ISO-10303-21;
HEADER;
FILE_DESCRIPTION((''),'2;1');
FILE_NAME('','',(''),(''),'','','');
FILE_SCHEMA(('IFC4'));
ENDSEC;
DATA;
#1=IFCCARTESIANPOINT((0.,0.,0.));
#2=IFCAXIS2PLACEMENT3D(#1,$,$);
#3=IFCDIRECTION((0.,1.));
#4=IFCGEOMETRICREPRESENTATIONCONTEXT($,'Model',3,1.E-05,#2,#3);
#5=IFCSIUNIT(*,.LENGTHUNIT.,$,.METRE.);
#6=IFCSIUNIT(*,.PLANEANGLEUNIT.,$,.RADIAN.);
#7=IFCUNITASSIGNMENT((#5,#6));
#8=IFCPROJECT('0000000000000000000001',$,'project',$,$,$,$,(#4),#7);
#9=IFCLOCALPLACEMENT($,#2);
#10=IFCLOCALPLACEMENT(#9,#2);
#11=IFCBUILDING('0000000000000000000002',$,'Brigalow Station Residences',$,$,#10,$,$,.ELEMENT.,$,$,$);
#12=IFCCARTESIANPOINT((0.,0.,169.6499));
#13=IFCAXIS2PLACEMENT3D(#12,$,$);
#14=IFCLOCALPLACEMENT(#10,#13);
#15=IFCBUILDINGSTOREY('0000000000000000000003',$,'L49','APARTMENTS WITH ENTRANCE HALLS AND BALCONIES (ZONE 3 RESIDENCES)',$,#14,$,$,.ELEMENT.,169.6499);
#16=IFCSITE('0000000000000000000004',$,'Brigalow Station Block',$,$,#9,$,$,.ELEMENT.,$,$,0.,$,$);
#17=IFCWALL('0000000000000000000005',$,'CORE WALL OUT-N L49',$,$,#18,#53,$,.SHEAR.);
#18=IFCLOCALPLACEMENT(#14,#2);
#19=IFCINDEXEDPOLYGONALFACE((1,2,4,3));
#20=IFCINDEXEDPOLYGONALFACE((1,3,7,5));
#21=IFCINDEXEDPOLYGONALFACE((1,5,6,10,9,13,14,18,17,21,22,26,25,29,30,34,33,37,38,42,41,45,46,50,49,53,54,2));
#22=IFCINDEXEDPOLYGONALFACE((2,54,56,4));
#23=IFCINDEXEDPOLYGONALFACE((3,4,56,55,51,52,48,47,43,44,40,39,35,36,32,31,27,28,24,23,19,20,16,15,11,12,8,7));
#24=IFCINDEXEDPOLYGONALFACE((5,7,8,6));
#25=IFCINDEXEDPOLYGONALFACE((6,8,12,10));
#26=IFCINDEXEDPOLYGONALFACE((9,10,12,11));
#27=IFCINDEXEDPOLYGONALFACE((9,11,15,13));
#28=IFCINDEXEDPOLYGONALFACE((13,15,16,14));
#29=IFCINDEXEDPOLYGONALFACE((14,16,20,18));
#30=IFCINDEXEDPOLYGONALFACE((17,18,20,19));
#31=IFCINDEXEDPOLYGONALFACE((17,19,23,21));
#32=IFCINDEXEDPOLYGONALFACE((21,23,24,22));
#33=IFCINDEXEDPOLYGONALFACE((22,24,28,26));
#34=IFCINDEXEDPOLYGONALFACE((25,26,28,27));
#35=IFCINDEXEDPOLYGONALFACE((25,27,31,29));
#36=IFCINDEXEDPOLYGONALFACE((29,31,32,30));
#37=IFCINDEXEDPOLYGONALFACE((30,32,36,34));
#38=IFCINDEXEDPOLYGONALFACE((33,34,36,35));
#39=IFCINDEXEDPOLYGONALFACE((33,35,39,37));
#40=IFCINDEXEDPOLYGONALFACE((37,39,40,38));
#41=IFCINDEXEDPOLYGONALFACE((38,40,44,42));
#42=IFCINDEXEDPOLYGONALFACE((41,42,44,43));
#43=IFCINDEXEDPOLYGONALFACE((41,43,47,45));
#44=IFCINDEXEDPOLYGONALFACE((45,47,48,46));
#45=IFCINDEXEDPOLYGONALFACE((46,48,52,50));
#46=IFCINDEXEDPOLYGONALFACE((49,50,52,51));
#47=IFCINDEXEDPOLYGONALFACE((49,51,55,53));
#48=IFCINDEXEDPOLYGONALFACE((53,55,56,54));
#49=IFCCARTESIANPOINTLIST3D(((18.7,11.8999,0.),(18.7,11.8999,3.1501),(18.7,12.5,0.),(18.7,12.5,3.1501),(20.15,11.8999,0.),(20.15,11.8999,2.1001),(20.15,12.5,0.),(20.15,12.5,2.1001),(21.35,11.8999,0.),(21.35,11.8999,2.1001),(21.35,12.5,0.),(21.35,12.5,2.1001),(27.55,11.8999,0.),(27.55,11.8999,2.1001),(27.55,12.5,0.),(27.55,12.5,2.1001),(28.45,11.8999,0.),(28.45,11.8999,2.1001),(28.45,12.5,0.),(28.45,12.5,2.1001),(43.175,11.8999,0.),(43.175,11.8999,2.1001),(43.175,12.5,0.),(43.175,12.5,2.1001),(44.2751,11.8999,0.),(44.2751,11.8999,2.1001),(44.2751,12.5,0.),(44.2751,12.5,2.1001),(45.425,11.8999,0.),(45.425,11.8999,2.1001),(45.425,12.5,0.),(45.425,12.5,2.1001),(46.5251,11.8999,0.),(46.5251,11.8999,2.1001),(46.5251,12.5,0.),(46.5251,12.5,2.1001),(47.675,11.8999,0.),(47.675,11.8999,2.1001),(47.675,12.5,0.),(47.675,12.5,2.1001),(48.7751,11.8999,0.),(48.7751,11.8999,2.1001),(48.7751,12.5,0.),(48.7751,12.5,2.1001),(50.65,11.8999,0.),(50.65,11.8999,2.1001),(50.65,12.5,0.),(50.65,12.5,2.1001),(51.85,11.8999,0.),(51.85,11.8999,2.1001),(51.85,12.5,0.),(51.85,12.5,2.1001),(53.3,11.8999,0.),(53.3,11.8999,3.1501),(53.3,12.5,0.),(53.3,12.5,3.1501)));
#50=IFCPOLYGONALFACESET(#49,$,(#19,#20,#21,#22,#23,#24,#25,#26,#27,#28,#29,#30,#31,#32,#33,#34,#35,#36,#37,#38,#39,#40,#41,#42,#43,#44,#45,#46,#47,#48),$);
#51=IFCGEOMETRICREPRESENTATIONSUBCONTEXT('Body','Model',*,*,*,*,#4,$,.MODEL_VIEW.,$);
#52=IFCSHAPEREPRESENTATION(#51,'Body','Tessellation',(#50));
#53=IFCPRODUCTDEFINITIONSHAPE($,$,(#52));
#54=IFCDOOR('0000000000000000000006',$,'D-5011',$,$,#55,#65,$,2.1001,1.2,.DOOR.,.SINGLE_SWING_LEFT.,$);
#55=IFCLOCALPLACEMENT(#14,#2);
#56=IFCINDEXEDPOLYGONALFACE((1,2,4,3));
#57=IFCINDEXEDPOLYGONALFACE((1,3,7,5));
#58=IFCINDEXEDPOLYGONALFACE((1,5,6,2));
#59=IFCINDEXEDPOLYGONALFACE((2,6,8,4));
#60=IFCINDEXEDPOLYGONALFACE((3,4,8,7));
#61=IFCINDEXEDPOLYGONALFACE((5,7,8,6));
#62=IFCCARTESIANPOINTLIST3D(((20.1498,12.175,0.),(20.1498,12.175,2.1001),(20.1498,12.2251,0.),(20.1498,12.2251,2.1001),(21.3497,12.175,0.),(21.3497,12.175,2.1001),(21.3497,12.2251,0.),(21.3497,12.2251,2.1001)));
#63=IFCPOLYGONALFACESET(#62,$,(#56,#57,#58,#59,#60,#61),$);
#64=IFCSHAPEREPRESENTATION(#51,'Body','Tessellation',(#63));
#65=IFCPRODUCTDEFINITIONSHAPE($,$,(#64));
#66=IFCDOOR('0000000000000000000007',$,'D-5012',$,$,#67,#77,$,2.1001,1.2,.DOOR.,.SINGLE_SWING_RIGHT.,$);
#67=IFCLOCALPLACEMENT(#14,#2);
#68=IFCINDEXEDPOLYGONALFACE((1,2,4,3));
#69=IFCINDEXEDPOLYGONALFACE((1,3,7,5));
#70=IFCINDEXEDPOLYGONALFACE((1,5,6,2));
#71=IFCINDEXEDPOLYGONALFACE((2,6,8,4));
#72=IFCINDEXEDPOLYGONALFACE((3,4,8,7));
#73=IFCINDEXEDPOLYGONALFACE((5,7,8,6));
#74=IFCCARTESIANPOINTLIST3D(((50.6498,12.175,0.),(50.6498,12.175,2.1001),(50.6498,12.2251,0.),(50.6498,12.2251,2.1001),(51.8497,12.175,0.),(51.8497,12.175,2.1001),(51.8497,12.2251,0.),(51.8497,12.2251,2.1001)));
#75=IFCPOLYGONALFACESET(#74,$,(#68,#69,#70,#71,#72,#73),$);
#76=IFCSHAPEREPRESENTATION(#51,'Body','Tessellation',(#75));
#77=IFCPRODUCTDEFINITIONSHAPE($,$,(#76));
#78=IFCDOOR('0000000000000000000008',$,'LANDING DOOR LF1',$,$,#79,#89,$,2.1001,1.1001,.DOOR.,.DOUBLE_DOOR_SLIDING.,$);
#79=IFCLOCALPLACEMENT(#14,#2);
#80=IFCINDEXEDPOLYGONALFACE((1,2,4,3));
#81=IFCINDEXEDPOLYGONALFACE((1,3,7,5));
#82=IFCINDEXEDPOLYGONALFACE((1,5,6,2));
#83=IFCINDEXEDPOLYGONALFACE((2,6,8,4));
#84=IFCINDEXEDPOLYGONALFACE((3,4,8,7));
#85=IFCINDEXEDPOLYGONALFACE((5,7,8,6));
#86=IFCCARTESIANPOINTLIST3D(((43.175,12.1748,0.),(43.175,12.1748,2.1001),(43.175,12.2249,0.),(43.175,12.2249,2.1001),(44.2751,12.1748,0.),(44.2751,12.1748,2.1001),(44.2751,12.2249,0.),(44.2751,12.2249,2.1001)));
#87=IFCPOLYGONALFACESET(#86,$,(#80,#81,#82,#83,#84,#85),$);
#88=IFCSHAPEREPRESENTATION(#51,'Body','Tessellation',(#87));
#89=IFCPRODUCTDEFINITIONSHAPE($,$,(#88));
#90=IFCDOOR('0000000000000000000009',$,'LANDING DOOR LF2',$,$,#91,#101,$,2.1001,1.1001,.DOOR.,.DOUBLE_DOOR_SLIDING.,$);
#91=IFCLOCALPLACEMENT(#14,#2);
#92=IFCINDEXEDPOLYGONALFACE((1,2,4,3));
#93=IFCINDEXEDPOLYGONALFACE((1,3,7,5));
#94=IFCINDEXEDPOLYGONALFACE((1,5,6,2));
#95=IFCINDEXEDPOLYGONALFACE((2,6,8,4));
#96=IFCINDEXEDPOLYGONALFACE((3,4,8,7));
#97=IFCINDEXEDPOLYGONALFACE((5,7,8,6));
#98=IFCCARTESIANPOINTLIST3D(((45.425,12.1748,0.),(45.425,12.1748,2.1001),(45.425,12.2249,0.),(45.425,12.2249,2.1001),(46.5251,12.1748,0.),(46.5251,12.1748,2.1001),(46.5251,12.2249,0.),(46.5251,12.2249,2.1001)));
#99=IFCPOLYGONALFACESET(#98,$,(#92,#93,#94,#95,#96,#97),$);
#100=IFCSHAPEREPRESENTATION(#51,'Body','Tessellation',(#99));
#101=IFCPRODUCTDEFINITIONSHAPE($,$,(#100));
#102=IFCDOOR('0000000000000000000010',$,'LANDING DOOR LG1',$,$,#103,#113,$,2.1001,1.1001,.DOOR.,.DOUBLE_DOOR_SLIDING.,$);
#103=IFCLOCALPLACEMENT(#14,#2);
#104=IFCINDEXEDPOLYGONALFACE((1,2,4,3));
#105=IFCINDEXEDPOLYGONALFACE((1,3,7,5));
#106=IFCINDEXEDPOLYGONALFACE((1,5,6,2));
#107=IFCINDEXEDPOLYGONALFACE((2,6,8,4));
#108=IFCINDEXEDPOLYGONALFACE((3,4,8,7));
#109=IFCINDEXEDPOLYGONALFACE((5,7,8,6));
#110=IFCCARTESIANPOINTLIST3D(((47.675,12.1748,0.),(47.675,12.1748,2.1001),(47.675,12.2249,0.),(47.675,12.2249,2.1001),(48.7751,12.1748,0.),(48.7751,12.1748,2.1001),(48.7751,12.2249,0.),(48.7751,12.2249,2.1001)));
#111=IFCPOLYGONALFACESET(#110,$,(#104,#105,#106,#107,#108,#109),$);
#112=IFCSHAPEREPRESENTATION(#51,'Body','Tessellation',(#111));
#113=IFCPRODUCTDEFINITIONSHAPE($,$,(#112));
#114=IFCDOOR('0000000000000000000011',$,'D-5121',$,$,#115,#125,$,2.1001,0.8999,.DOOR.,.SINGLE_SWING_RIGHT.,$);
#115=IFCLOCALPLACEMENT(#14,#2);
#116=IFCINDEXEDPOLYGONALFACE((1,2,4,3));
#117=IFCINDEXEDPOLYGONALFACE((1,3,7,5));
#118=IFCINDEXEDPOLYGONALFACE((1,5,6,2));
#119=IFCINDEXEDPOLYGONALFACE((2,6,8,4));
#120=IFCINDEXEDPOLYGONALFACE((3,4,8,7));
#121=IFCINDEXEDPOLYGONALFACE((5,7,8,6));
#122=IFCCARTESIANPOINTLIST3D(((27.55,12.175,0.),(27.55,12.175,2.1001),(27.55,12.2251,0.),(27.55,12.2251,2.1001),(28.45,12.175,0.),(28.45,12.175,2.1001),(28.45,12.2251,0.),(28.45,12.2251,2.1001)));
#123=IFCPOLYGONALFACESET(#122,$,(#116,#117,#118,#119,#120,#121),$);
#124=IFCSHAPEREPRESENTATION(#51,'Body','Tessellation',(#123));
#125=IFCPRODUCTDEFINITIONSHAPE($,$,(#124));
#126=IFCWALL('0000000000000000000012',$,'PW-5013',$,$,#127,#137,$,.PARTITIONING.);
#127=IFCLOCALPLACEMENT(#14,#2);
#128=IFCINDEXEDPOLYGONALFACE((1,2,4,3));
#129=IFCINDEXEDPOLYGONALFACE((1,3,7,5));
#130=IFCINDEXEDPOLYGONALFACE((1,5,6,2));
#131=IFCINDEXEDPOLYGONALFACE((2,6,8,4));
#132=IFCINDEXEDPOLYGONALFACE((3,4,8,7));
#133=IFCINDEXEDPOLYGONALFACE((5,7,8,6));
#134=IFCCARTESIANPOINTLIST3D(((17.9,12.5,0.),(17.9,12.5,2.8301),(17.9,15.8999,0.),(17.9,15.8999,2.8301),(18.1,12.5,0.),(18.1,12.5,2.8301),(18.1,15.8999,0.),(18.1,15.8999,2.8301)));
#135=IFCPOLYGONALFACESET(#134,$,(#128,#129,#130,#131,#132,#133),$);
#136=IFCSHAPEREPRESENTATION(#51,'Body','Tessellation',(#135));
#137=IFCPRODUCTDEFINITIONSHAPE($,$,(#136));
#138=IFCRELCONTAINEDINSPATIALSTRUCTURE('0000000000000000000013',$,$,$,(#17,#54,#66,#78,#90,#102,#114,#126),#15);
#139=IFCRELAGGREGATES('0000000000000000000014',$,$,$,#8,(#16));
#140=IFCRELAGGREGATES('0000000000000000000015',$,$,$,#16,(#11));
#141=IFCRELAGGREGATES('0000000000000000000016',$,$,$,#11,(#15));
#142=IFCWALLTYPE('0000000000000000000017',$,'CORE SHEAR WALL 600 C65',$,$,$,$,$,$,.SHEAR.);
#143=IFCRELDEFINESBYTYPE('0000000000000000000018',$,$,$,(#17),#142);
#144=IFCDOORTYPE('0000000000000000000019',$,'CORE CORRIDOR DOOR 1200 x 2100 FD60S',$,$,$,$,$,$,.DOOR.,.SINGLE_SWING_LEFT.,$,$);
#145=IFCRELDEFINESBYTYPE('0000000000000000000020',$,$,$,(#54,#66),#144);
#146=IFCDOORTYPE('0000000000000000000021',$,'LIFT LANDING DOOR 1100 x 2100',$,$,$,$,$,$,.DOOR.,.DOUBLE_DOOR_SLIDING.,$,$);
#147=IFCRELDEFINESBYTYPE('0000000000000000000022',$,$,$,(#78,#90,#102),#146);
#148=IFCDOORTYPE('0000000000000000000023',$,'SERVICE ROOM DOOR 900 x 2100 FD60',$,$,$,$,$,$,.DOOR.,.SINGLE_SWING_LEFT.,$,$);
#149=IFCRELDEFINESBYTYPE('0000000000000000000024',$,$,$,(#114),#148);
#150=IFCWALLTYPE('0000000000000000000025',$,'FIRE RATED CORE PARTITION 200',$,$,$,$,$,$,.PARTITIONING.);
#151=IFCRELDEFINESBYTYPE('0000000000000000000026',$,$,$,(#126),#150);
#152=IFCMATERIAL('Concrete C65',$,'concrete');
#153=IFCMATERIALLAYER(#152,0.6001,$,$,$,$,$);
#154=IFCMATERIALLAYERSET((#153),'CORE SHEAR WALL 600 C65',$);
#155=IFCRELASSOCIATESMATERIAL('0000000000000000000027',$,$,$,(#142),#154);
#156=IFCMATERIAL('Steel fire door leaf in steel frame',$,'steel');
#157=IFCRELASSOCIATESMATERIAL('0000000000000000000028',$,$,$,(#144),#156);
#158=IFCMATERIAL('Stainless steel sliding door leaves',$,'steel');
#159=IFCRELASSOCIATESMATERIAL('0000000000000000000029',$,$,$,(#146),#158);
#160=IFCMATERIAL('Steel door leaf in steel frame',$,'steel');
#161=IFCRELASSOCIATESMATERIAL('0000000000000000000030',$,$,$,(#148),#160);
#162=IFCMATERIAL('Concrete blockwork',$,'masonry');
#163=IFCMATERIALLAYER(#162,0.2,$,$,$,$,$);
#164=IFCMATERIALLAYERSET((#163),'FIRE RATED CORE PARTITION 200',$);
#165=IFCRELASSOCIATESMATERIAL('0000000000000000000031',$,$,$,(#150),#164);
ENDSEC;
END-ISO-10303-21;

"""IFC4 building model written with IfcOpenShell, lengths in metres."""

from ifc_helpers import new_model, si_unit, direction, frame, frame_2d, origin, place, context, subcontext, project, spatial, rectangle, extrude, material, layer, layer_set, type_object, element, fill, save


model = new_model("IFC4")

# Units and contexts
model_context = context("Model", 3, precision=1e-05, world=origin(), true_north=direction((0.0, 1.0)))
body_context = subcontext(model_context, "Body", "Model", "MODEL_VIEW")
ifc_project = project(units=[si_unit("LENGTHUNIT", "METRE"), si_unit("PLANEANGLEUNIT", "RADIAN")], contexts=[model_context])

# Site, building, storey
site_placement = place(None, origin())
site = spatial("IfcSite", under=ifc_project, at=site_placement, Name="Brigalow Station Block", CompositionType="ELEMENT", RefElevation=0.0)
building_placement = place(site_placement, origin())
building = spatial("IfcBuilding", under=site, at=building_placement, Name="Brigalow Station Residences", CompositionType="ELEMENT")
storey_placement = place(building_placement, frame((0.0, 0.0, 169.6499)))
storey = spatial("IfcBuildingStorey", under=building, at=storey_placement, Name="L49", Description="APARTMENTS WITH ENTRANCE HALLS AND BALCONIES (ZONE 3 RESIDENCES)", CompositionType="ELEMENT", Elevation=169.6499)

# Wall, openings, doors
ifc_material_1 = material(Name="Concrete C65", Category="concrete")
ifc_layer_1 = layer(ifc_material_1, 0.6001)
ifc_layer_set_1 = layer_set([ifc_layer_1], Name="CORE SHEAR WALL 600 C65")
wall_type_1 = type_object("IfcWallType", Name="CORE SHEAR WALL 600 C65", PredefinedType="SHEAR", material=ifc_layer_set_1)
wall_1_placement = place(storey_placement, frame((18.7, 12.2, 0.0), z_axis=(0.0, 0.0, 1.0), x_axis=(1.0, 0.0, 0.0)))
wall_1 = element("IfcWall", 1, at=wall_1_placement, inside=storey, type_object=wall_type_1, Name="CORE WALL OUT-N L49", PredefinedType="SHEAR", context=body_context, shape_type="SweptSolid", body=[
    extrude(rectangle(XDim=34.6001, YDim=0.6001, at=frame_2d((17.3, 0.0))), origin(), (0.0, 0.0, 1.0), 3.1501),
])
opening_1_placement = place(wall_1_placement, frame((24.4751, 0.0, 0.0)))
opening_1 = element("IfcOpeningElement", 2, at=opening_1_placement, cuts=wall_1, PredefinedType="OPENING", context=body_context, shape_type="SweptSolid", body=[
    extrude(rectangle(XDim=1.1001, YDim=2.1001, at=frame_2d((0.55, 1.05))), frame((0.0, 0.3101, 0.0), z_axis=(0.0, -1.0, 0.0), x_axis=(1.0, 0.0, 0.0)), (0.0, 0.0, 1.0), 0.6201),
])
opening_2_placement = place(wall_1_placement, frame((26.7251, 0.0, 0.0)))
opening_2 = element("IfcOpeningElement", 3, at=opening_2_placement, cuts=wall_1, PredefinedType="OPENING", context=body_context, shape_type="SweptSolid", body=[
    extrude(rectangle(XDim=1.1001, YDim=2.1001, at=frame_2d((0.55, 1.05))), frame((0.0, 0.3101, 0.0), z_axis=(0.0, -1.0, 0.0), x_axis=(1.0, 0.0, 0.0)), (0.0, 0.0, 1.0), 0.6201),
])
opening_3_placement = place(wall_1_placement, frame((28.9751, 0.0, 0.0)))
opening_3 = element("IfcOpeningElement", 4, at=opening_3_placement, cuts=wall_1, PredefinedType="OPENING", context=body_context, shape_type="SweptSolid", body=[
    extrude(rectangle(XDim=1.1001, YDim=2.1001, at=frame_2d((0.55, 1.05))), frame((0.0, 0.3101, 0.0), z_axis=(0.0, -1.0, 0.0), x_axis=(1.0, 0.0, 0.0)), (0.0, 0.0, 1.0), 0.6201),
])
opening_4_placement = place(wall_1_placement, frame((8.8501, 0.0, 0.0)))
opening_4 = element("IfcOpeningElement", 5, at=opening_4_placement, cuts=wall_1, PredefinedType="OPENING", context=body_context, shape_type="SweptSolid", body=[
    extrude(rectangle(XDim=0.8999, YDim=2.1001, at=frame_2d((0.45, 1.05))), frame((0.0, 0.3101, 0.0), z_axis=(0.0, -1.0, 0.0), x_axis=(1.0, 0.0, 0.0)), (0.0, 0.0, 1.0), 0.6201),
])
opening_5_placement = place(wall_1_placement, frame((1.45, 0.0, 0.0)))
opening_5 = element("IfcOpeningElement", 6, at=opening_5_placement, cuts=wall_1, PredefinedType="OPENING", context=body_context, shape_type="SweptSolid", body=[
    extrude(rectangle(XDim=1.2, YDim=2.1001, at=frame_2d((0.6001, 1.05))), frame((0.0, 0.3101, 0.0), z_axis=(0.0, -1.0, 0.0), x_axis=(1.0, 0.0, 0.0)), (0.0, 0.0, 1.0), 0.6201),
])
opening_6_placement = place(wall_1_placement, frame((31.95, 0.0, 0.0)))
opening_6 = element("IfcOpeningElement", 7, at=opening_6_placement, cuts=wall_1, PredefinedType="OPENING", context=body_context, shape_type="SweptSolid", body=[
    extrude(rectangle(XDim=1.2, YDim=2.1001, at=frame_2d((0.6001, 1.05))), frame((0.0, 0.3101, 0.0), z_axis=(0.0, -1.0, 0.0), x_axis=(1.0, 0.0, 0.0)), (0.0, 0.0, 1.0), 0.6201),
])
ifc_material_2 = material(Name="Steel fire door leaf in steel frame", Category="steel")
door_type_1 = type_object("IfcDoorType", Name="CORE CORRIDOR DOOR 1200 x 2100 FD60S", OperationType="SINGLE_SWING_LEFT", PredefinedType="DOOR", material=ifc_material_2)
door_1_placement = place(opening_5_placement, frame((1.2, 0.0, 0.0), z_axis=(0.0, 0.0, 1.0), x_axis=(-1.0, 0.0, 0.0)))
door_1 = element("IfcDoor", 8, at=door_1_placement, inside=storey, type_object=door_type_1, Name="D-5011", OperationType="SINGLE_SWING_LEFT", OverallHeight=2.1001, OverallWidth=1.2, PredefinedType="DOOR", context=body_context, shape_type="SweptSolid", body=[
    extrude(rectangle(XDim=1.2, YDim=2.1001, at=frame_2d((0.6001, 1.05))), frame((0.0, 0.0249, 0.0), z_axis=(0.0, -1.0, 0.0), x_axis=(1.0, 0.0, 0.0)), (0.0, 0.0, 1.0), 0.05),
])
fill(opening_5, door_1)
door_2_placement = place(opening_6_placement, frame((1.2, 0.0, 0.0), z_axis=(0.0, 0.0, 1.0), x_axis=(-1.0, 0.0, 0.0)))
door_2 = element("IfcDoor", 9, at=door_2_placement, inside=storey, type_object=door_type_1, Name="D-5012", OperationType="SINGLE_SWING_RIGHT", OverallHeight=2.1001, OverallWidth=1.2, PredefinedType="DOOR", context=body_context, shape_type="SweptSolid", body=[
    extrude(rectangle(XDim=1.2, YDim=2.1001, at=frame_2d((0.6001, 1.05))), frame((0.0, 0.0249, 0.0), z_axis=(0.0, -1.0, 0.0), x_axis=(1.0, 0.0, 0.0)), (0.0, 0.0, 1.0), 0.05),
])
fill(opening_6, door_2)
ifc_material_3 = material(Name="Stainless steel sliding door leaves", Category="steel")
door_type_2 = type_object("IfcDoorType", Name="LIFT LANDING DOOR 1100 x 2100", OperationType="DOUBLE_DOOR_SLIDING", PredefinedType="DOOR", material=ifc_material_3)
door_3_placement = place(opening_1_placement, origin())
door_3 = element("IfcDoor", 10, at=door_3_placement, inside=storey, type_object=door_type_2, Name="LANDING DOOR LF1", OperationType="DOUBLE_DOOR_SLIDING", OverallHeight=2.1001, OverallWidth=1.1001, PredefinedType="DOOR", context=body_context, shape_type="SweptSolid", body=[
    extrude(rectangle(XDim=1.1001, YDim=2.1001, at=frame_2d((0.55, 1.05))), frame((0.0, 0.0249, 0.0), z_axis=(0.0, -1.0, 0.0), x_axis=(1.0, 0.0, 0.0)), (0.0, 0.0, 1.0), 0.05),
])
fill(opening_1, door_3)
door_4_placement = place(opening_2_placement, origin())
door_4 = element("IfcDoor", 11, at=door_4_placement, inside=storey, type_object=door_type_2, Name="LANDING DOOR LF2", OperationType="DOUBLE_DOOR_SLIDING", OverallHeight=2.1001, OverallWidth=1.1001, PredefinedType="DOOR", context=body_context, shape_type="SweptSolid", body=[
    extrude(rectangle(XDim=1.1001, YDim=2.1001, at=frame_2d((0.55, 1.05))), frame((0.0, 0.0249, 0.0), z_axis=(0.0, -1.0, 0.0), x_axis=(1.0, 0.0, 0.0)), (0.0, 0.0, 1.0), 0.05),
])
fill(opening_2, door_4)
door_5_placement = place(opening_3_placement, origin())
door_5 = element("IfcDoor", 12, at=door_5_placement, inside=storey, type_object=door_type_2, Name="LANDING DOOR LG1", OperationType="DOUBLE_DOOR_SLIDING", OverallHeight=2.1001, OverallWidth=1.1001, PredefinedType="DOOR", context=body_context, shape_type="SweptSolid", body=[
    extrude(rectangle(XDim=1.1001, YDim=2.1001, at=frame_2d((0.55, 1.05))), frame((0.0, 0.0249, 0.0), z_axis=(0.0, -1.0, 0.0), x_axis=(1.0, 0.0, 0.0)), (0.0, 0.0, 1.0), 0.05),
])
fill(opening_3, door_5)
ifc_material_4 = material(Name="Steel door leaf in steel frame", Category="steel")
door_type_3 = type_object("IfcDoorType", Name="SERVICE ROOM DOOR 900 x 2100 FD60", OperationType="SINGLE_SWING_LEFT", PredefinedType="DOOR", material=ifc_material_4)
door_6_placement = place(opening_4_placement, frame((0.8999, 0.0, 0.0), z_axis=(0.0, 0.0, 1.0), x_axis=(-1.0, 0.0, 0.0)))
door_6 = element("IfcDoor", 13, at=door_6_placement, inside=storey, type_object=door_type_3, Name="D-5121", OperationType="SINGLE_SWING_RIGHT", OverallHeight=2.1001, OverallWidth=0.8999, PredefinedType="DOOR", context=body_context, shape_type="SweptSolid", body=[
    extrude(rectangle(XDim=0.8999, YDim=2.1001, at=frame_2d((0.45, 1.05))), frame((0.0, 0.0249, 0.0), z_axis=(0.0, -1.0, 0.0), x_axis=(1.0, 0.0, 0.0)), (0.0, 0.0, 1.0), 0.05),
])
fill(opening_4, door_6)

# Wall
ifc_material_5 = material(Name="Concrete blockwork", Category="masonry")
ifc_layer_2 = layer(ifc_material_5, 0.2)
ifc_layer_set_2 = layer_set([ifc_layer_2], Name="FIRE RATED CORE PARTITION 200")
wall_type_2 = type_object("IfcWallType", Name="FIRE RATED CORE PARTITION 200", PredefinedType="PARTITIONING", material=ifc_layer_set_2)
wall_2_placement = place(storey_placement, frame((18.0, 12.5, 0.0), z_axis=(0.0, 0.0, 1.0), x_axis=(0.0, 1.0, 0.0)))
element("IfcWall", 14, at=wall_2_placement, inside=storey, type_object=wall_type_2, Name="PW-5013", PredefinedType="PARTITIONING", context=body_context, shape_type="SweptSolid", body=[
    extrude(rectangle(XDim=3.3999, YDim=0.2, at=frame_2d((1.7, 0.0))), origin(), (0.0, 0.0, 1.0), 2.8301),
])

save(model, "model.ifc")
